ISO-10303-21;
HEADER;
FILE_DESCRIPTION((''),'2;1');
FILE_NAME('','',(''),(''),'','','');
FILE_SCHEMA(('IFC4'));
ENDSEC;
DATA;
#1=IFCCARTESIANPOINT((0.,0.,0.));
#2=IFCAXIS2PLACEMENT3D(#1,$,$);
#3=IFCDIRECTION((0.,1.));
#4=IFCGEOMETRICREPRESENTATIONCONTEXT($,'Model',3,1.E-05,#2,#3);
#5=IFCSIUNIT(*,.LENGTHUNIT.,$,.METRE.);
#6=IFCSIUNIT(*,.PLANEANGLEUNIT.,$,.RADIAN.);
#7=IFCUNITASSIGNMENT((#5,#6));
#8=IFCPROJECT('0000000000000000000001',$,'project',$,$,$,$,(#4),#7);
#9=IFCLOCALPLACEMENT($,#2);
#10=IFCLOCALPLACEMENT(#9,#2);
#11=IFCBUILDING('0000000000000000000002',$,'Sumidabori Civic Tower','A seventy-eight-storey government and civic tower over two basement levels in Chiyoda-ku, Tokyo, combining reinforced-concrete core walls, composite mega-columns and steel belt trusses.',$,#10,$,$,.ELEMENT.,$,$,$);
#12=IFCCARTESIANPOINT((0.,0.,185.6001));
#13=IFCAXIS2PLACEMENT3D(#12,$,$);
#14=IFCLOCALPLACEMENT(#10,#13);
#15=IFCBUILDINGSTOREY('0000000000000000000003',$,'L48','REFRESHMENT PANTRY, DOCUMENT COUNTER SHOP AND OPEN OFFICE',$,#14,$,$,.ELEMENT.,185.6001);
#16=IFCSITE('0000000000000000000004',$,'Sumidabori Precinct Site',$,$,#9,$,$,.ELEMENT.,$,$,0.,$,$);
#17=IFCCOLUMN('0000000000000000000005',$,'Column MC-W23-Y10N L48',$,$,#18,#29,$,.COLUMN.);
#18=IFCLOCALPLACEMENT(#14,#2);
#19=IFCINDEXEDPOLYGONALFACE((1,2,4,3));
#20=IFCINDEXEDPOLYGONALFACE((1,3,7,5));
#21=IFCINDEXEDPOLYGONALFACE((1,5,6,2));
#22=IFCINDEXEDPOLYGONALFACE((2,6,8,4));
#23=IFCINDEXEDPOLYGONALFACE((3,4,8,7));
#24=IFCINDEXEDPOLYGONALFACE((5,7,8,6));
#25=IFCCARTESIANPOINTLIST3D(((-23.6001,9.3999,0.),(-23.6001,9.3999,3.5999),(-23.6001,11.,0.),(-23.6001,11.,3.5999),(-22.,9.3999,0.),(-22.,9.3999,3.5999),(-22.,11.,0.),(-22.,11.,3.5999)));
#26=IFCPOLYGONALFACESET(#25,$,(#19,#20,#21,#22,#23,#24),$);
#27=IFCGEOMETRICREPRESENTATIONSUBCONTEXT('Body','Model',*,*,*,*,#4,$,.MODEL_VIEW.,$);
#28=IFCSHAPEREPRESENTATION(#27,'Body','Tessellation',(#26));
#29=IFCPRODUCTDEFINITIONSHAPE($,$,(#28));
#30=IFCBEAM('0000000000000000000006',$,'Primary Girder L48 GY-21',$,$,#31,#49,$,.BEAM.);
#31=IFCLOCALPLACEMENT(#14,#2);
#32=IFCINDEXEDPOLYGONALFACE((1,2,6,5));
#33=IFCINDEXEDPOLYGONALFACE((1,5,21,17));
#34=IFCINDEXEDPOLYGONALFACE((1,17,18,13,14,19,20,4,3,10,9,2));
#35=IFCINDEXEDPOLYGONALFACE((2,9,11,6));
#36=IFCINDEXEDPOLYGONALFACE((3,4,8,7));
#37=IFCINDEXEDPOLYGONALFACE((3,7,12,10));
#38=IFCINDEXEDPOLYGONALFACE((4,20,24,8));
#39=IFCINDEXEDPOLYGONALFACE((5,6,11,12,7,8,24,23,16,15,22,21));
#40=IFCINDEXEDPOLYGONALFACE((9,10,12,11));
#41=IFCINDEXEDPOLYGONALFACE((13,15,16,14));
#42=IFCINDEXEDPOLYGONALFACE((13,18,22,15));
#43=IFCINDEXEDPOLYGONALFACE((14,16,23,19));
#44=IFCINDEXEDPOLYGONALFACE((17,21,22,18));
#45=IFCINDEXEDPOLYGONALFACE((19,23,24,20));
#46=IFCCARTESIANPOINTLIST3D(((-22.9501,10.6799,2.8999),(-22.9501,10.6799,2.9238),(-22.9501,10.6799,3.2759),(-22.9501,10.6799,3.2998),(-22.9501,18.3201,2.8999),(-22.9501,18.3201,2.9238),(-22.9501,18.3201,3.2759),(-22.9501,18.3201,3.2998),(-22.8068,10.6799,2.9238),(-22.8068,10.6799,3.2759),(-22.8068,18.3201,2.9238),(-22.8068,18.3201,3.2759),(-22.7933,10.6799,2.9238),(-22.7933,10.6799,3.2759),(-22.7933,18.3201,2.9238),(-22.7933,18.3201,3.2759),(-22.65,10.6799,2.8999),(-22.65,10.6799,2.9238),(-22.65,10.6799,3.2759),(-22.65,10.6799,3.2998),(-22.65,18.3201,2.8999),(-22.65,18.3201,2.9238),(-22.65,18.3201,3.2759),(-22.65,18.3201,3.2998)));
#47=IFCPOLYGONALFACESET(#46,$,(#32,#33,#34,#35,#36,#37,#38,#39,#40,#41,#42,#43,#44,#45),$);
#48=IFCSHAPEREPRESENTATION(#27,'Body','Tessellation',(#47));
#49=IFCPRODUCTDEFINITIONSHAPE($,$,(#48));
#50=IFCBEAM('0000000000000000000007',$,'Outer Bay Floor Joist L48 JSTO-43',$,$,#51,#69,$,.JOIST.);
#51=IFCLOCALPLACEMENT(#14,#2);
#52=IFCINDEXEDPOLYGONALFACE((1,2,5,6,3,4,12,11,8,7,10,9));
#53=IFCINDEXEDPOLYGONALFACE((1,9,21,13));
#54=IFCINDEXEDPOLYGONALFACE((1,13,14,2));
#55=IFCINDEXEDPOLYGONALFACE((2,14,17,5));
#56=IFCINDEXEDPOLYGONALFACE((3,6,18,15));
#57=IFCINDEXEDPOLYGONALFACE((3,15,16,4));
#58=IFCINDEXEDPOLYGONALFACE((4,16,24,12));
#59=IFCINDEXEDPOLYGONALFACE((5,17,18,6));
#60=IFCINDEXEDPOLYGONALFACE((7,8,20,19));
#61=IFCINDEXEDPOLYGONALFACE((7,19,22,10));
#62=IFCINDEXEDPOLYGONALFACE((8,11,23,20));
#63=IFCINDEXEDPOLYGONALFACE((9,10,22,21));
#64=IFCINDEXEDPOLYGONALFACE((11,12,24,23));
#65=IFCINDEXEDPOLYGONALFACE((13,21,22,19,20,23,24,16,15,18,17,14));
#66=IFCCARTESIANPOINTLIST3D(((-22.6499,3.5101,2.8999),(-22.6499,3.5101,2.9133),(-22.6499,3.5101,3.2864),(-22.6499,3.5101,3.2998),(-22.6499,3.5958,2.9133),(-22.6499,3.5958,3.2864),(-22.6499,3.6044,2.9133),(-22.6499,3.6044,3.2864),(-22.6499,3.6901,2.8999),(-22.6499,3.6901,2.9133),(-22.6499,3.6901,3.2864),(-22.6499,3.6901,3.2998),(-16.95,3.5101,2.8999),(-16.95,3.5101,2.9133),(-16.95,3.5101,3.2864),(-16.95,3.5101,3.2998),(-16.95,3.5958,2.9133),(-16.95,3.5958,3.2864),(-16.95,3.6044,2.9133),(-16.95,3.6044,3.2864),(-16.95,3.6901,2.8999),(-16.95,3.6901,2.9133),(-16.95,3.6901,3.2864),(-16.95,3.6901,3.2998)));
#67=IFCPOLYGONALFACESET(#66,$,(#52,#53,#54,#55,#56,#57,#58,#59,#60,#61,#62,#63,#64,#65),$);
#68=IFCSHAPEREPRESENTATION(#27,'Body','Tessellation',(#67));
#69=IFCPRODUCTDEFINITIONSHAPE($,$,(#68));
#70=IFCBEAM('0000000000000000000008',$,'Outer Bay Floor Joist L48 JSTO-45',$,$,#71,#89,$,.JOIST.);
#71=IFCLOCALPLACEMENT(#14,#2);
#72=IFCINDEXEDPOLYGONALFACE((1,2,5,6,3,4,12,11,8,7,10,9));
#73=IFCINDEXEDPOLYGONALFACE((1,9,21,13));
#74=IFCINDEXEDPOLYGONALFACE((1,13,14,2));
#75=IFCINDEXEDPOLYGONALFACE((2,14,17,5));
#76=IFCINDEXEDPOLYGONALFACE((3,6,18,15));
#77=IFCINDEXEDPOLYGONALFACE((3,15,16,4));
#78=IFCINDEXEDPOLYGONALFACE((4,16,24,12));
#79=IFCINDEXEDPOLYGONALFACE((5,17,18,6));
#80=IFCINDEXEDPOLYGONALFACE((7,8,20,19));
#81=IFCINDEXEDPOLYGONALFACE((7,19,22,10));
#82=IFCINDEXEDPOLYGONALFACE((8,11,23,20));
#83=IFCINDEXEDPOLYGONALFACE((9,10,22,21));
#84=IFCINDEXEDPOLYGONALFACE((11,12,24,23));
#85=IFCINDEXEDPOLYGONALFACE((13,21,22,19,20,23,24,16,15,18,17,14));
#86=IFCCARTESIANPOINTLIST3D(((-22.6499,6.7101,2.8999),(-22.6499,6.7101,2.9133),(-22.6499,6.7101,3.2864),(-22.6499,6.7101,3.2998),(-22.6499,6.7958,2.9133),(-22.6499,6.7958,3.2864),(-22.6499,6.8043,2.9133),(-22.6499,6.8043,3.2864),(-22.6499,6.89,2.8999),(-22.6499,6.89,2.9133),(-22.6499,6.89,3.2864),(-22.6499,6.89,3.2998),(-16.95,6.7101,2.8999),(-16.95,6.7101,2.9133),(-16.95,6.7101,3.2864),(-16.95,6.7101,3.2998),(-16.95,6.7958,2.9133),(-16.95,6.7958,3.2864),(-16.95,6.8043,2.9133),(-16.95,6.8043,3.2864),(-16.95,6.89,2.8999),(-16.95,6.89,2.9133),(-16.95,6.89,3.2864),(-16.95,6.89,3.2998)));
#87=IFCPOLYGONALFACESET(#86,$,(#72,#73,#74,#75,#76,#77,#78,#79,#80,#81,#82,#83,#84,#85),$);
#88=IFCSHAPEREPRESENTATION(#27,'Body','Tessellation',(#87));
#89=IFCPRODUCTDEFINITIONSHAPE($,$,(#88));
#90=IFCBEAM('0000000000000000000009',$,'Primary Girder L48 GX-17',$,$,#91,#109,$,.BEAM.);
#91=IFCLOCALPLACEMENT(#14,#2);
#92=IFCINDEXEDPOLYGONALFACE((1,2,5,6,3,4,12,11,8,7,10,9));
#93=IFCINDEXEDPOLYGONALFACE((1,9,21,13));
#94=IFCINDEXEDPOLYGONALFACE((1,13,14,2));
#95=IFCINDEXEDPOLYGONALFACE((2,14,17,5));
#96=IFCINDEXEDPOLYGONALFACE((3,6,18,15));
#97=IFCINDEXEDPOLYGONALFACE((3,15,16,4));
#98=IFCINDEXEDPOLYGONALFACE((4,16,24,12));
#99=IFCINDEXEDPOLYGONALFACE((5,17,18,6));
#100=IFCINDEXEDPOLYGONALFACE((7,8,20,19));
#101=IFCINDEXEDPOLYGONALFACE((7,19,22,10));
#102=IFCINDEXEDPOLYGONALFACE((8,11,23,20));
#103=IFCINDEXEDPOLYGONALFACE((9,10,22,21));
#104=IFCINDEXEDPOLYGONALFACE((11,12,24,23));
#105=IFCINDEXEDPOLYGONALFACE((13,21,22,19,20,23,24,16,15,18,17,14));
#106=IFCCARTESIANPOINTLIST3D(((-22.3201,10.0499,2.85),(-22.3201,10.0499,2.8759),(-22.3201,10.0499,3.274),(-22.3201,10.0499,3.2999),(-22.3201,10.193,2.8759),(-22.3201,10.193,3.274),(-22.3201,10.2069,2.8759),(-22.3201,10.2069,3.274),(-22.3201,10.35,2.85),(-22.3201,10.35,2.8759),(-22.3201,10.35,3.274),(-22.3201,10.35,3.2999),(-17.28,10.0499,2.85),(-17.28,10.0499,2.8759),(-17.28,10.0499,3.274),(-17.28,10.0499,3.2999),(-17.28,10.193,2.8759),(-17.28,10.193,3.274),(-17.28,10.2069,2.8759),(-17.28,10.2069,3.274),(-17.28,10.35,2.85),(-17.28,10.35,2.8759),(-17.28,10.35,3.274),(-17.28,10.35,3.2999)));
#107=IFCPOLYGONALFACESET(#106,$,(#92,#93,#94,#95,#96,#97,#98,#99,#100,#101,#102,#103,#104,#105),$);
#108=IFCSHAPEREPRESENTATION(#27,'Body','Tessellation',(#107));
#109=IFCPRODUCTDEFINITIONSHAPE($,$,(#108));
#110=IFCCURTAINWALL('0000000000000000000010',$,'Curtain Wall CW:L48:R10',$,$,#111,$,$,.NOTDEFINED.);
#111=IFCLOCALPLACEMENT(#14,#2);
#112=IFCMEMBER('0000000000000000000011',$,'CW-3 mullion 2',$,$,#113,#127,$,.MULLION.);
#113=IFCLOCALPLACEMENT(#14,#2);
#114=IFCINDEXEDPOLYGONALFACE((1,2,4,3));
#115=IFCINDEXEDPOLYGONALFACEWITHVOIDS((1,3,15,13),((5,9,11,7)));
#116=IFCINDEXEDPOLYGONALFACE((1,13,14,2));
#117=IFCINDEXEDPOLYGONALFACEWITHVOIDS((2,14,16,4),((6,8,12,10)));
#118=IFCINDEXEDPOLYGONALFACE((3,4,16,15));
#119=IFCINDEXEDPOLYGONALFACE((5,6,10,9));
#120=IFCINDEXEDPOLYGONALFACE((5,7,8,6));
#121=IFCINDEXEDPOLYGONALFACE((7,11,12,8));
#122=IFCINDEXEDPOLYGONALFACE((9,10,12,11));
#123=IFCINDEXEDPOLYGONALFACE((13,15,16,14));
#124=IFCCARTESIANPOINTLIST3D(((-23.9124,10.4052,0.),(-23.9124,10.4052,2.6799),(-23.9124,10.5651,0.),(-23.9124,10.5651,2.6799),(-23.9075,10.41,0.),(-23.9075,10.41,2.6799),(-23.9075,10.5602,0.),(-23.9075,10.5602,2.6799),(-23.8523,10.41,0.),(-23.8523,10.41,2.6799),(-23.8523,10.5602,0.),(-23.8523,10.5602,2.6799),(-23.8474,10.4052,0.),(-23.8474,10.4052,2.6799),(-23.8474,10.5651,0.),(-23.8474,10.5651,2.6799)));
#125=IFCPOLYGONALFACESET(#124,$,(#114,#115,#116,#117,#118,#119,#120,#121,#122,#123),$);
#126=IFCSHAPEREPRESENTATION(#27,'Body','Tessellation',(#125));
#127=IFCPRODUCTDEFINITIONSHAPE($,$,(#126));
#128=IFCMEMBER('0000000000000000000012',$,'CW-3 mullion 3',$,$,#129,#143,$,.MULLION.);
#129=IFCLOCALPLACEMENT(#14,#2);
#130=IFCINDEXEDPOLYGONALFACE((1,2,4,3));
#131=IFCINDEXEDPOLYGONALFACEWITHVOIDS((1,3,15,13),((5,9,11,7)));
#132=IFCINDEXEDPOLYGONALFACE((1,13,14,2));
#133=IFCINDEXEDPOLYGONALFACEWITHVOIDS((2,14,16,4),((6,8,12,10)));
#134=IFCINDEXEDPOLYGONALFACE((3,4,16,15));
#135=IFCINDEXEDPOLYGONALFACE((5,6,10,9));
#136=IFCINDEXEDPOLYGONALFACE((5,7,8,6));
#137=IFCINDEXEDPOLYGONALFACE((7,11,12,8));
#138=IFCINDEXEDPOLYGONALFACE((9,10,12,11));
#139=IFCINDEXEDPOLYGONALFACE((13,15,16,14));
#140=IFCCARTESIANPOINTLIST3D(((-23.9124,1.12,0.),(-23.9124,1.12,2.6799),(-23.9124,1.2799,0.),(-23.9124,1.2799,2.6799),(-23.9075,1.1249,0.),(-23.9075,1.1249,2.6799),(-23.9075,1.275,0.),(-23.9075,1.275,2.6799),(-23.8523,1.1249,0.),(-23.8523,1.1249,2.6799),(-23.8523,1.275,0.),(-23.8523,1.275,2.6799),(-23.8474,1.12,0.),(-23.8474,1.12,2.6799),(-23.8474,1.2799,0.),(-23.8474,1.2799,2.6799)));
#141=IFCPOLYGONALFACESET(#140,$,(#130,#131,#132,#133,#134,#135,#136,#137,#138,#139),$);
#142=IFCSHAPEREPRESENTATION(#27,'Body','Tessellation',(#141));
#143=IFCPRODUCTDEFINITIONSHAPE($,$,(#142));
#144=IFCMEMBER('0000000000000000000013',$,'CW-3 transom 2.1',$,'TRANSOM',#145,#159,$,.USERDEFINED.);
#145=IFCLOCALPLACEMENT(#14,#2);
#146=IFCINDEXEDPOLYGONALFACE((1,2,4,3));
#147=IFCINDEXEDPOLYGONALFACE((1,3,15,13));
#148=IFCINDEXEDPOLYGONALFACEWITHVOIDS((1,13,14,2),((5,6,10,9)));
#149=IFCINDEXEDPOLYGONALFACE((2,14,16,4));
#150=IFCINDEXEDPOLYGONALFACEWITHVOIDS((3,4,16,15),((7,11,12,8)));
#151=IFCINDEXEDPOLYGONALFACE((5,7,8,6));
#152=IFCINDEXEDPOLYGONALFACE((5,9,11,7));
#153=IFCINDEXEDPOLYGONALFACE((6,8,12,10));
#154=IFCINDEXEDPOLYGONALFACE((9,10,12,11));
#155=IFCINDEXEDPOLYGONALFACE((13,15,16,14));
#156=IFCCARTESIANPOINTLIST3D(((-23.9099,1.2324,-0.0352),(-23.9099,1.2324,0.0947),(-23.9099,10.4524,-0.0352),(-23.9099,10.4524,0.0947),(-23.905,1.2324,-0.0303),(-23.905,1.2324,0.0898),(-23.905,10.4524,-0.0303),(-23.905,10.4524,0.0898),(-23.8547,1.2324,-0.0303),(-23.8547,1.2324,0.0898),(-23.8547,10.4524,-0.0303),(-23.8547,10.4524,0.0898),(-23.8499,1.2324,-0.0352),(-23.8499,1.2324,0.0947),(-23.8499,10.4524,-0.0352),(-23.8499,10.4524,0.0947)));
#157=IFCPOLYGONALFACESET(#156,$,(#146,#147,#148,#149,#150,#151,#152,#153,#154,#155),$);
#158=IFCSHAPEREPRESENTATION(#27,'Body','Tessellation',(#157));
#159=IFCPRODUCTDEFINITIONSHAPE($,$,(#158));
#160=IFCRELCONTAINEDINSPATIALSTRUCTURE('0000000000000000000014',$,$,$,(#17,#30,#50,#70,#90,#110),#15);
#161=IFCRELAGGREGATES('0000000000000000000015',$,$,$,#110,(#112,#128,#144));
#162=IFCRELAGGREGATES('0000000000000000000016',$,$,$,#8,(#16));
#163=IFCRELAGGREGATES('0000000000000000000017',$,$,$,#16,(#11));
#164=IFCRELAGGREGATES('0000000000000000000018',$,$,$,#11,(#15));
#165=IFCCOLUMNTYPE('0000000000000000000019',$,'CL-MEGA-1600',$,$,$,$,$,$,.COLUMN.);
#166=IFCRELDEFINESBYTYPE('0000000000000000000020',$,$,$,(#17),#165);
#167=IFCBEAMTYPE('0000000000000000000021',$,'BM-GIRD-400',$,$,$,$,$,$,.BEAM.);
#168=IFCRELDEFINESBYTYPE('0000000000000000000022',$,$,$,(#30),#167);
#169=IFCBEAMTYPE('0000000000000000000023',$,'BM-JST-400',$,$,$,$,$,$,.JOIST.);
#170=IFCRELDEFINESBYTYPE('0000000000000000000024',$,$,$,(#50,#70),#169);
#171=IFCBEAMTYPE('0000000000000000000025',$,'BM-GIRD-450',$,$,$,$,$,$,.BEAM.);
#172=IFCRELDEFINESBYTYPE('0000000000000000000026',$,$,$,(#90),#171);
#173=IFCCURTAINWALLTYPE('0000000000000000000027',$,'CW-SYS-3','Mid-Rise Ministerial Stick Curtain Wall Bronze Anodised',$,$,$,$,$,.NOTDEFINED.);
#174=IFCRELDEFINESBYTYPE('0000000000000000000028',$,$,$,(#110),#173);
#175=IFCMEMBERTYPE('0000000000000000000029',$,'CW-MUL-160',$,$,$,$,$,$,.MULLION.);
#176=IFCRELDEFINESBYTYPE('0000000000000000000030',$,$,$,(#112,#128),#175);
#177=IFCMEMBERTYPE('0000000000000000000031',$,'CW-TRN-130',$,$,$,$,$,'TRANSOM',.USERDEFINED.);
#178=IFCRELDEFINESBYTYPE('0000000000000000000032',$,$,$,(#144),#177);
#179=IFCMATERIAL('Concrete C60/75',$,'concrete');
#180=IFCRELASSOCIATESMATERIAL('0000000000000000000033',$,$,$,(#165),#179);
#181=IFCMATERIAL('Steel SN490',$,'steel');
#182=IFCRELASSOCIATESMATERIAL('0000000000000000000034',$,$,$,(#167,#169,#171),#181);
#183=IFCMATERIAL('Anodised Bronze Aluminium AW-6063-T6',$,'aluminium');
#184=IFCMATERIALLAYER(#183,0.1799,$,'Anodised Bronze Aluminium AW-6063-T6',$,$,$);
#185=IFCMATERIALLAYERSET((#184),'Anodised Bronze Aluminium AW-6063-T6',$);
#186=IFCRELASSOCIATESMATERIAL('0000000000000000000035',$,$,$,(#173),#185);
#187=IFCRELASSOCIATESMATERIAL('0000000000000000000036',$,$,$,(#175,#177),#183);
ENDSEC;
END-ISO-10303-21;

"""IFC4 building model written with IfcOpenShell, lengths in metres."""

from ifc_helpers import new_model, si_unit, direction, frame, origin, origin_2d, place, context, subcontext, project, spatial, rectangle, hollow_rectangle, i_section, extrude, source, transform, mapped, material, layer, layer_set, material_profile, profile_set, type_object, element, aggregate, save


model = new_model("IFC4")

# Units and contexts
model_context = context("Model", 3, precision=1e-05, world=origin(), true_north=direction((0.0, 1.0)))
body_context = subcontext(model_context, "Body", "Model", "MODEL_VIEW")
ifc_project = project(units=[si_unit("LENGTHUNIT", "METRE"), si_unit("PLANEANGLEUNIT", "RADIAN")], contexts=[model_context])

# Site, building, storey
site_placement = place(None, origin())
site = spatial("IfcSite", under=ifc_project, at=site_placement, Name="Sumidabori Precinct Site", CompositionType="ELEMENT", RefElevation=0.0)
building_placement = place(site_placement, origin())
building = spatial("IfcBuilding", under=site, at=building_placement, Name="Sumidabori Civic Tower", Description="A seventy-eight-storey government and civic tower over two basement levels in Chiyoda-ku, Tokyo, combining reinforced-concrete core walls, composite mega-columns and steel belt trusses.", CompositionType="ELEMENT")
storey_placement = place(building_placement, frame((0.0, 0.0, 185.6001)))
storey = spatial("IfcBuildingStorey", under=building, at=storey_placement, Name="L48", Description="REFRESHMENT PANTRY, DOCUMENT COUNTER SHOP AND OPEN OFFICE", CompositionType="ELEMENT", Elevation=185.6001)

# Column
ifc_material_1 = material(Name="Concrete C60/75", Category="concrete")
ifc_material_profile_1 = material_profile(ifc_material_1, rectangle(XDim=1.6001, YDim=1.6001, at=origin_2d()), Name="RC 1600x1600")
ifc_profile_set_1 = profile_set([ifc_material_profile_1], Name="Concrete C60/75")
column_type = type_object("IfcColumnType", Name="CL-MEGA-1600", PredefinedType="COLUMN", material=ifc_profile_set_1)
shared_shape_1 = source(origin(), body_context, "Body", "SweptSolid", [
    extrude(rectangle(XDim=1.6001, YDim=1.6001, at=origin_2d()), origin(), (0.0, 0.0, 1.0), 3.5999),
])
column_placement = place(storey_placement, frame((-22.8, 10.2, 0.0), z_axis=(0.0, 0.0, 1.0), x_axis=(1.0, 0.0, 0.0)))
element("IfcColumn", 1, at=column_placement, inside=storey, type_object=column_type, Name="Column MC-W23-Y10N L48", PredefinedType="COLUMN", context=body_context, shape_type="MappedRepresentation", body=[
    mapped(shared_shape_1, transform((0.0, 0.0, 0.0), x_axis=(1.0, 0.0, 0.0), y_axis=(0.0, 1.0, 0.0), z_axis=(0.0, 0.0, 1.0), scale=1.0)),
])

# Beams
ifc_material_2 = material(Name="Steel SN490", Category="steel")
ifc_material_profile_2 = material_profile(ifc_material_2, i_section(OverallWidth=0.3, OverallDepth=0.3999, WebThickness=0.0134, FlangeThickness=0.0239, at=origin_2d()), Name="HE 400 B")
ifc_profile_set_2 = profile_set([ifc_material_profile_2], Name="Steel SN490")
beam_type_1 = type_object("IfcBeamType", Name="BM-GIRD-400", PredefinedType="BEAM", material=ifc_profile_set_2)
shared_shape_2 = source(origin(), body_context, "Body", "SweptSolid", [
    extrude(i_section(OverallWidth=0.3, OverallDepth=0.3999, WebThickness=0.0134, FlangeThickness=0.0239, at=origin_2d()), origin(), (0.0, 0.0, 1.0), 7.6401),
])
beam_1_placement = place(storey_placement, frame((-22.8, 10.6799, 3.0999), z_axis=(0.0, 1.0, 0.0), x_axis=(-1.0, 0.0, 0.0)))
element("IfcBeam", 2, at=beam_1_placement, inside=storey, type_object=beam_type_1, Name="Primary Girder L48 GY-21", PredefinedType="BEAM", context=body_context, shape_type="MappedRepresentation", body=[
    mapped(shared_shape_2, transform((0.0, 0.0, 0.0), x_axis=(1.0, 0.0, 0.0), y_axis=(0.0, 1.0, 0.0), z_axis=(0.0, 0.0, 1.0), scale=1.0)),
])
ifc_material_profile_3 = material_profile(ifc_material_2, i_section(OverallWidth=0.1799, OverallDepth=0.3999, WebThickness=0.0085, FlangeThickness=0.0134, at=origin_2d()), Name="IPE 400")
ifc_profile_set_3 = profile_set([ifc_material_profile_3], Name="Steel SN490")
beam_type_2 = type_object("IfcBeamType", Name="BM-JST-400", PredefinedType="JOIST", material=ifc_profile_set_3)
shared_shape_3 = source(origin(), body_context, "Body", "SweptSolid", [
    extrude(i_section(OverallWidth=0.1799, OverallDepth=0.3999, WebThickness=0.0085, FlangeThickness=0.0134, at=origin_2d()), origin(), (0.0, 0.0, 1.0), 5.7),
])
for number, where, z_axis, x_axis, name in (
    (3, (-22.6499, 3.6001, 3.0999), (1.0, 0.0, 0.0), (0.0, 1.0, 0.0), "Outer Bay Floor Joist L48 JSTO-43"),
    (4, (-22.6499, 6.8, 3.0999), (1.0, 0.0, 0.0), (0.0, 1.0, 0.0), "Outer Bay Floor Joist L48 JSTO-45"),
):
    element("IfcBeam", number, at=place(storey_placement, frame(where, z_axis=z_axis, x_axis=x_axis)), inside=storey, type_object=beam_type_2, Name=name, PredefinedType="JOIST", context=body_context, shape_type="MappedRepresentation", body=[
        mapped(shared_shape_3, transform((0.0, 0.0, 0.0), x_axis=(1.0, 0.0, 0.0), y_axis=(0.0, 1.0, 0.0), z_axis=(0.0, 0.0, 1.0), scale=1.0)),
    ])
ifc_material_profile_4 = material_profile(ifc_material_2, i_section(OverallWidth=0.3, OverallDepth=0.45, WebThickness=0.0139, FlangeThickness=0.0259, at=origin_2d()), Name="HE 450 B")
ifc_profile_set_4 = profile_set([ifc_material_profile_4], Name="Steel SN490")
beam_type_3 = type_object("IfcBeamType", Name="BM-GIRD-450", PredefinedType="BEAM", material=ifc_profile_set_4)
shared_shape_4 = source(origin(), body_context, "Body", "SweptSolid", [
    extrude(i_section(OverallWidth=0.3, OverallDepth=0.45, WebThickness=0.0139, FlangeThickness=0.0259, at=origin_2d()), origin(), (0.0, 0.0, 1.0), 5.04),
])
beam_2_placement = place(storey_placement, frame((-22.3201, 10.2, 3.075), z_axis=(1.0, 0.0, 0.0), x_axis=(0.0, 1.0, 0.0)))
element("IfcBeam", 5, at=beam_2_placement, inside=storey, type_object=beam_type_3, Name="Primary Girder L48 GX-17", PredefinedType="BEAM", context=body_context, shape_type="MappedRepresentation", body=[
    mapped(shared_shape_4, transform((0.0, 0.0, 0.0), x_axis=(1.0, 0.0, 0.0), y_axis=(0.0, 1.0, 0.0), z_axis=(0.0, 0.0, 1.0), scale=1.0)),
])

# Curtain wall, members
ifc_material_3 = material(Name="Anodised Bronze Aluminium AW-6063-T6", Category="aluminium")
ifc_layer_1 = layer(ifc_material_3, 0.1799, Name="Anodised Bronze Aluminium AW-6063-T6")
ifc_layer_set_1 = layer_set([ifc_layer_1], Name="Anodised Bronze Aluminium AW-6063-T6")
curtain_wall_type = type_object("IfcCurtainWallType", Name="CW-SYS-3", Description="Mid-Rise Ministerial Stick Curtain Wall Bronze Anodised", PredefinedType="NOTDEFINED", material=ifc_layer_set_1)
curtain_wall_placement = place(storey_placement, origin())
curtain_wall = element("IfcCurtainWall", 6, at=curtain_wall_placement, inside=storey, type_object=curtain_wall_type, Name="Curtain Wall CW:L48:R10", PredefinedType="NOTDEFINED")
ifc_material_profile_5 = material_profile(ifc_material_3, hollow_rectangle(XDim=0.0649, YDim=0.1599, WallThickness=0.0049, at=origin_2d()), Name="ALU MULLION 160x65")
ifc_profile_set_5 = profile_set([ifc_material_profile_5], Name="Anodised Bronze Aluminium AW-6063-T6")
member_type_1 = type_object("IfcMemberType", Name="CW-MUL-160", PredefinedType="MULLION", material=ifc_profile_set_5)
shared_shape_5 = source(origin(), body_context, "Body", "SweptSolid", [
    extrude(hollow_rectangle(XDim=0.0649, YDim=0.1599, WallThickness=0.0049, at=origin_2d()), origin(), (0.0, 0.0, 1.0), 2.6799),
])
member_1_placement = place(storey_placement, frame((-23.8799, 10.4851, 0.0), z_axis=(0.0, 0.0, 1.0), x_axis=(1.0, 0.0, 0.0)))
member_1 = element("IfcMember", 7, at=member_1_placement, type_object=member_type_1, Name="CW-3 mullion 2", PredefinedType="MULLION", context=body_context, shape_type="MappedRepresentation", body=[
    mapped(shared_shape_5, transform((0.0, 0.0, 0.0), x_axis=(1.0, 0.0, 0.0), y_axis=(0.0, 1.0, 0.0), z_axis=(0.0, 0.0, 1.0), scale=1.0)),
])
member_2_placement = place(storey_placement, frame((-23.8799, 1.2, 0.0), z_axis=(0.0, 0.0, 1.0), x_axis=(1.0, 0.0, 0.0)))
member_2 = element("IfcMember", 8, at=member_2_placement, type_object=member_type_1, Name="CW-3 mullion 3", PredefinedType="MULLION", context=body_context, shape_type="MappedRepresentation", body=[
    mapped(shared_shape_5, transform((0.0, 0.0, 0.0), x_axis=(1.0, 0.0, 0.0), y_axis=(0.0, 1.0, 0.0), z_axis=(0.0, 0.0, 1.0), scale=1.0)),
])
ifc_material_profile_6 = material_profile(ifc_material_3, hollow_rectangle(XDim=0.0601, YDim=0.1299, WallThickness=0.0049, at=origin_2d()), Name="ALU TRANSOM 130x60")
ifc_profile_set_6 = profile_set([ifc_material_profile_6], Name="Anodised Bronze Aluminium AW-6063-T6")
member_type_2 = type_object("IfcMemberType", Name="CW-TRN-130", ElementType="TRANSOM", PredefinedType="USERDEFINED", material=ifc_profile_set_6)
shared_shape_6 = source(origin(), body_context, "Body", "SweptSolid", [
    extrude(hollow_rectangle(XDim=0.0601, YDim=0.1299, WallThickness=0.0049, at=origin_2d()), origin(), (0.0, 0.0, 1.0), 9.22),
])
member_3_placement = place(storey_placement, frame((-23.8799, 10.4524, 0.0298), z_axis=(0.0, -1.0, 0.0), x_axis=(1.0, 0.0, 0.0)))
member_3 = element("IfcMember", 9, at=member_3_placement, type_object=member_type_2, Name="CW-3 transom 2.1", ObjectType="TRANSOM", PredefinedType="USERDEFINED", context=body_context, shape_type="MappedRepresentation", body=[
    mapped(shared_shape_6, transform((0.0, 0.0, 0.0), x_axis=(1.0, 0.0, 0.0), y_axis=(0.0, 1.0, 0.0), z_axis=(0.0, 0.0, 1.0), scale=1.0)),
])
aggregate(curtain_wall, [member_1, member_2, member_3])

save(model, "model.ifc")
